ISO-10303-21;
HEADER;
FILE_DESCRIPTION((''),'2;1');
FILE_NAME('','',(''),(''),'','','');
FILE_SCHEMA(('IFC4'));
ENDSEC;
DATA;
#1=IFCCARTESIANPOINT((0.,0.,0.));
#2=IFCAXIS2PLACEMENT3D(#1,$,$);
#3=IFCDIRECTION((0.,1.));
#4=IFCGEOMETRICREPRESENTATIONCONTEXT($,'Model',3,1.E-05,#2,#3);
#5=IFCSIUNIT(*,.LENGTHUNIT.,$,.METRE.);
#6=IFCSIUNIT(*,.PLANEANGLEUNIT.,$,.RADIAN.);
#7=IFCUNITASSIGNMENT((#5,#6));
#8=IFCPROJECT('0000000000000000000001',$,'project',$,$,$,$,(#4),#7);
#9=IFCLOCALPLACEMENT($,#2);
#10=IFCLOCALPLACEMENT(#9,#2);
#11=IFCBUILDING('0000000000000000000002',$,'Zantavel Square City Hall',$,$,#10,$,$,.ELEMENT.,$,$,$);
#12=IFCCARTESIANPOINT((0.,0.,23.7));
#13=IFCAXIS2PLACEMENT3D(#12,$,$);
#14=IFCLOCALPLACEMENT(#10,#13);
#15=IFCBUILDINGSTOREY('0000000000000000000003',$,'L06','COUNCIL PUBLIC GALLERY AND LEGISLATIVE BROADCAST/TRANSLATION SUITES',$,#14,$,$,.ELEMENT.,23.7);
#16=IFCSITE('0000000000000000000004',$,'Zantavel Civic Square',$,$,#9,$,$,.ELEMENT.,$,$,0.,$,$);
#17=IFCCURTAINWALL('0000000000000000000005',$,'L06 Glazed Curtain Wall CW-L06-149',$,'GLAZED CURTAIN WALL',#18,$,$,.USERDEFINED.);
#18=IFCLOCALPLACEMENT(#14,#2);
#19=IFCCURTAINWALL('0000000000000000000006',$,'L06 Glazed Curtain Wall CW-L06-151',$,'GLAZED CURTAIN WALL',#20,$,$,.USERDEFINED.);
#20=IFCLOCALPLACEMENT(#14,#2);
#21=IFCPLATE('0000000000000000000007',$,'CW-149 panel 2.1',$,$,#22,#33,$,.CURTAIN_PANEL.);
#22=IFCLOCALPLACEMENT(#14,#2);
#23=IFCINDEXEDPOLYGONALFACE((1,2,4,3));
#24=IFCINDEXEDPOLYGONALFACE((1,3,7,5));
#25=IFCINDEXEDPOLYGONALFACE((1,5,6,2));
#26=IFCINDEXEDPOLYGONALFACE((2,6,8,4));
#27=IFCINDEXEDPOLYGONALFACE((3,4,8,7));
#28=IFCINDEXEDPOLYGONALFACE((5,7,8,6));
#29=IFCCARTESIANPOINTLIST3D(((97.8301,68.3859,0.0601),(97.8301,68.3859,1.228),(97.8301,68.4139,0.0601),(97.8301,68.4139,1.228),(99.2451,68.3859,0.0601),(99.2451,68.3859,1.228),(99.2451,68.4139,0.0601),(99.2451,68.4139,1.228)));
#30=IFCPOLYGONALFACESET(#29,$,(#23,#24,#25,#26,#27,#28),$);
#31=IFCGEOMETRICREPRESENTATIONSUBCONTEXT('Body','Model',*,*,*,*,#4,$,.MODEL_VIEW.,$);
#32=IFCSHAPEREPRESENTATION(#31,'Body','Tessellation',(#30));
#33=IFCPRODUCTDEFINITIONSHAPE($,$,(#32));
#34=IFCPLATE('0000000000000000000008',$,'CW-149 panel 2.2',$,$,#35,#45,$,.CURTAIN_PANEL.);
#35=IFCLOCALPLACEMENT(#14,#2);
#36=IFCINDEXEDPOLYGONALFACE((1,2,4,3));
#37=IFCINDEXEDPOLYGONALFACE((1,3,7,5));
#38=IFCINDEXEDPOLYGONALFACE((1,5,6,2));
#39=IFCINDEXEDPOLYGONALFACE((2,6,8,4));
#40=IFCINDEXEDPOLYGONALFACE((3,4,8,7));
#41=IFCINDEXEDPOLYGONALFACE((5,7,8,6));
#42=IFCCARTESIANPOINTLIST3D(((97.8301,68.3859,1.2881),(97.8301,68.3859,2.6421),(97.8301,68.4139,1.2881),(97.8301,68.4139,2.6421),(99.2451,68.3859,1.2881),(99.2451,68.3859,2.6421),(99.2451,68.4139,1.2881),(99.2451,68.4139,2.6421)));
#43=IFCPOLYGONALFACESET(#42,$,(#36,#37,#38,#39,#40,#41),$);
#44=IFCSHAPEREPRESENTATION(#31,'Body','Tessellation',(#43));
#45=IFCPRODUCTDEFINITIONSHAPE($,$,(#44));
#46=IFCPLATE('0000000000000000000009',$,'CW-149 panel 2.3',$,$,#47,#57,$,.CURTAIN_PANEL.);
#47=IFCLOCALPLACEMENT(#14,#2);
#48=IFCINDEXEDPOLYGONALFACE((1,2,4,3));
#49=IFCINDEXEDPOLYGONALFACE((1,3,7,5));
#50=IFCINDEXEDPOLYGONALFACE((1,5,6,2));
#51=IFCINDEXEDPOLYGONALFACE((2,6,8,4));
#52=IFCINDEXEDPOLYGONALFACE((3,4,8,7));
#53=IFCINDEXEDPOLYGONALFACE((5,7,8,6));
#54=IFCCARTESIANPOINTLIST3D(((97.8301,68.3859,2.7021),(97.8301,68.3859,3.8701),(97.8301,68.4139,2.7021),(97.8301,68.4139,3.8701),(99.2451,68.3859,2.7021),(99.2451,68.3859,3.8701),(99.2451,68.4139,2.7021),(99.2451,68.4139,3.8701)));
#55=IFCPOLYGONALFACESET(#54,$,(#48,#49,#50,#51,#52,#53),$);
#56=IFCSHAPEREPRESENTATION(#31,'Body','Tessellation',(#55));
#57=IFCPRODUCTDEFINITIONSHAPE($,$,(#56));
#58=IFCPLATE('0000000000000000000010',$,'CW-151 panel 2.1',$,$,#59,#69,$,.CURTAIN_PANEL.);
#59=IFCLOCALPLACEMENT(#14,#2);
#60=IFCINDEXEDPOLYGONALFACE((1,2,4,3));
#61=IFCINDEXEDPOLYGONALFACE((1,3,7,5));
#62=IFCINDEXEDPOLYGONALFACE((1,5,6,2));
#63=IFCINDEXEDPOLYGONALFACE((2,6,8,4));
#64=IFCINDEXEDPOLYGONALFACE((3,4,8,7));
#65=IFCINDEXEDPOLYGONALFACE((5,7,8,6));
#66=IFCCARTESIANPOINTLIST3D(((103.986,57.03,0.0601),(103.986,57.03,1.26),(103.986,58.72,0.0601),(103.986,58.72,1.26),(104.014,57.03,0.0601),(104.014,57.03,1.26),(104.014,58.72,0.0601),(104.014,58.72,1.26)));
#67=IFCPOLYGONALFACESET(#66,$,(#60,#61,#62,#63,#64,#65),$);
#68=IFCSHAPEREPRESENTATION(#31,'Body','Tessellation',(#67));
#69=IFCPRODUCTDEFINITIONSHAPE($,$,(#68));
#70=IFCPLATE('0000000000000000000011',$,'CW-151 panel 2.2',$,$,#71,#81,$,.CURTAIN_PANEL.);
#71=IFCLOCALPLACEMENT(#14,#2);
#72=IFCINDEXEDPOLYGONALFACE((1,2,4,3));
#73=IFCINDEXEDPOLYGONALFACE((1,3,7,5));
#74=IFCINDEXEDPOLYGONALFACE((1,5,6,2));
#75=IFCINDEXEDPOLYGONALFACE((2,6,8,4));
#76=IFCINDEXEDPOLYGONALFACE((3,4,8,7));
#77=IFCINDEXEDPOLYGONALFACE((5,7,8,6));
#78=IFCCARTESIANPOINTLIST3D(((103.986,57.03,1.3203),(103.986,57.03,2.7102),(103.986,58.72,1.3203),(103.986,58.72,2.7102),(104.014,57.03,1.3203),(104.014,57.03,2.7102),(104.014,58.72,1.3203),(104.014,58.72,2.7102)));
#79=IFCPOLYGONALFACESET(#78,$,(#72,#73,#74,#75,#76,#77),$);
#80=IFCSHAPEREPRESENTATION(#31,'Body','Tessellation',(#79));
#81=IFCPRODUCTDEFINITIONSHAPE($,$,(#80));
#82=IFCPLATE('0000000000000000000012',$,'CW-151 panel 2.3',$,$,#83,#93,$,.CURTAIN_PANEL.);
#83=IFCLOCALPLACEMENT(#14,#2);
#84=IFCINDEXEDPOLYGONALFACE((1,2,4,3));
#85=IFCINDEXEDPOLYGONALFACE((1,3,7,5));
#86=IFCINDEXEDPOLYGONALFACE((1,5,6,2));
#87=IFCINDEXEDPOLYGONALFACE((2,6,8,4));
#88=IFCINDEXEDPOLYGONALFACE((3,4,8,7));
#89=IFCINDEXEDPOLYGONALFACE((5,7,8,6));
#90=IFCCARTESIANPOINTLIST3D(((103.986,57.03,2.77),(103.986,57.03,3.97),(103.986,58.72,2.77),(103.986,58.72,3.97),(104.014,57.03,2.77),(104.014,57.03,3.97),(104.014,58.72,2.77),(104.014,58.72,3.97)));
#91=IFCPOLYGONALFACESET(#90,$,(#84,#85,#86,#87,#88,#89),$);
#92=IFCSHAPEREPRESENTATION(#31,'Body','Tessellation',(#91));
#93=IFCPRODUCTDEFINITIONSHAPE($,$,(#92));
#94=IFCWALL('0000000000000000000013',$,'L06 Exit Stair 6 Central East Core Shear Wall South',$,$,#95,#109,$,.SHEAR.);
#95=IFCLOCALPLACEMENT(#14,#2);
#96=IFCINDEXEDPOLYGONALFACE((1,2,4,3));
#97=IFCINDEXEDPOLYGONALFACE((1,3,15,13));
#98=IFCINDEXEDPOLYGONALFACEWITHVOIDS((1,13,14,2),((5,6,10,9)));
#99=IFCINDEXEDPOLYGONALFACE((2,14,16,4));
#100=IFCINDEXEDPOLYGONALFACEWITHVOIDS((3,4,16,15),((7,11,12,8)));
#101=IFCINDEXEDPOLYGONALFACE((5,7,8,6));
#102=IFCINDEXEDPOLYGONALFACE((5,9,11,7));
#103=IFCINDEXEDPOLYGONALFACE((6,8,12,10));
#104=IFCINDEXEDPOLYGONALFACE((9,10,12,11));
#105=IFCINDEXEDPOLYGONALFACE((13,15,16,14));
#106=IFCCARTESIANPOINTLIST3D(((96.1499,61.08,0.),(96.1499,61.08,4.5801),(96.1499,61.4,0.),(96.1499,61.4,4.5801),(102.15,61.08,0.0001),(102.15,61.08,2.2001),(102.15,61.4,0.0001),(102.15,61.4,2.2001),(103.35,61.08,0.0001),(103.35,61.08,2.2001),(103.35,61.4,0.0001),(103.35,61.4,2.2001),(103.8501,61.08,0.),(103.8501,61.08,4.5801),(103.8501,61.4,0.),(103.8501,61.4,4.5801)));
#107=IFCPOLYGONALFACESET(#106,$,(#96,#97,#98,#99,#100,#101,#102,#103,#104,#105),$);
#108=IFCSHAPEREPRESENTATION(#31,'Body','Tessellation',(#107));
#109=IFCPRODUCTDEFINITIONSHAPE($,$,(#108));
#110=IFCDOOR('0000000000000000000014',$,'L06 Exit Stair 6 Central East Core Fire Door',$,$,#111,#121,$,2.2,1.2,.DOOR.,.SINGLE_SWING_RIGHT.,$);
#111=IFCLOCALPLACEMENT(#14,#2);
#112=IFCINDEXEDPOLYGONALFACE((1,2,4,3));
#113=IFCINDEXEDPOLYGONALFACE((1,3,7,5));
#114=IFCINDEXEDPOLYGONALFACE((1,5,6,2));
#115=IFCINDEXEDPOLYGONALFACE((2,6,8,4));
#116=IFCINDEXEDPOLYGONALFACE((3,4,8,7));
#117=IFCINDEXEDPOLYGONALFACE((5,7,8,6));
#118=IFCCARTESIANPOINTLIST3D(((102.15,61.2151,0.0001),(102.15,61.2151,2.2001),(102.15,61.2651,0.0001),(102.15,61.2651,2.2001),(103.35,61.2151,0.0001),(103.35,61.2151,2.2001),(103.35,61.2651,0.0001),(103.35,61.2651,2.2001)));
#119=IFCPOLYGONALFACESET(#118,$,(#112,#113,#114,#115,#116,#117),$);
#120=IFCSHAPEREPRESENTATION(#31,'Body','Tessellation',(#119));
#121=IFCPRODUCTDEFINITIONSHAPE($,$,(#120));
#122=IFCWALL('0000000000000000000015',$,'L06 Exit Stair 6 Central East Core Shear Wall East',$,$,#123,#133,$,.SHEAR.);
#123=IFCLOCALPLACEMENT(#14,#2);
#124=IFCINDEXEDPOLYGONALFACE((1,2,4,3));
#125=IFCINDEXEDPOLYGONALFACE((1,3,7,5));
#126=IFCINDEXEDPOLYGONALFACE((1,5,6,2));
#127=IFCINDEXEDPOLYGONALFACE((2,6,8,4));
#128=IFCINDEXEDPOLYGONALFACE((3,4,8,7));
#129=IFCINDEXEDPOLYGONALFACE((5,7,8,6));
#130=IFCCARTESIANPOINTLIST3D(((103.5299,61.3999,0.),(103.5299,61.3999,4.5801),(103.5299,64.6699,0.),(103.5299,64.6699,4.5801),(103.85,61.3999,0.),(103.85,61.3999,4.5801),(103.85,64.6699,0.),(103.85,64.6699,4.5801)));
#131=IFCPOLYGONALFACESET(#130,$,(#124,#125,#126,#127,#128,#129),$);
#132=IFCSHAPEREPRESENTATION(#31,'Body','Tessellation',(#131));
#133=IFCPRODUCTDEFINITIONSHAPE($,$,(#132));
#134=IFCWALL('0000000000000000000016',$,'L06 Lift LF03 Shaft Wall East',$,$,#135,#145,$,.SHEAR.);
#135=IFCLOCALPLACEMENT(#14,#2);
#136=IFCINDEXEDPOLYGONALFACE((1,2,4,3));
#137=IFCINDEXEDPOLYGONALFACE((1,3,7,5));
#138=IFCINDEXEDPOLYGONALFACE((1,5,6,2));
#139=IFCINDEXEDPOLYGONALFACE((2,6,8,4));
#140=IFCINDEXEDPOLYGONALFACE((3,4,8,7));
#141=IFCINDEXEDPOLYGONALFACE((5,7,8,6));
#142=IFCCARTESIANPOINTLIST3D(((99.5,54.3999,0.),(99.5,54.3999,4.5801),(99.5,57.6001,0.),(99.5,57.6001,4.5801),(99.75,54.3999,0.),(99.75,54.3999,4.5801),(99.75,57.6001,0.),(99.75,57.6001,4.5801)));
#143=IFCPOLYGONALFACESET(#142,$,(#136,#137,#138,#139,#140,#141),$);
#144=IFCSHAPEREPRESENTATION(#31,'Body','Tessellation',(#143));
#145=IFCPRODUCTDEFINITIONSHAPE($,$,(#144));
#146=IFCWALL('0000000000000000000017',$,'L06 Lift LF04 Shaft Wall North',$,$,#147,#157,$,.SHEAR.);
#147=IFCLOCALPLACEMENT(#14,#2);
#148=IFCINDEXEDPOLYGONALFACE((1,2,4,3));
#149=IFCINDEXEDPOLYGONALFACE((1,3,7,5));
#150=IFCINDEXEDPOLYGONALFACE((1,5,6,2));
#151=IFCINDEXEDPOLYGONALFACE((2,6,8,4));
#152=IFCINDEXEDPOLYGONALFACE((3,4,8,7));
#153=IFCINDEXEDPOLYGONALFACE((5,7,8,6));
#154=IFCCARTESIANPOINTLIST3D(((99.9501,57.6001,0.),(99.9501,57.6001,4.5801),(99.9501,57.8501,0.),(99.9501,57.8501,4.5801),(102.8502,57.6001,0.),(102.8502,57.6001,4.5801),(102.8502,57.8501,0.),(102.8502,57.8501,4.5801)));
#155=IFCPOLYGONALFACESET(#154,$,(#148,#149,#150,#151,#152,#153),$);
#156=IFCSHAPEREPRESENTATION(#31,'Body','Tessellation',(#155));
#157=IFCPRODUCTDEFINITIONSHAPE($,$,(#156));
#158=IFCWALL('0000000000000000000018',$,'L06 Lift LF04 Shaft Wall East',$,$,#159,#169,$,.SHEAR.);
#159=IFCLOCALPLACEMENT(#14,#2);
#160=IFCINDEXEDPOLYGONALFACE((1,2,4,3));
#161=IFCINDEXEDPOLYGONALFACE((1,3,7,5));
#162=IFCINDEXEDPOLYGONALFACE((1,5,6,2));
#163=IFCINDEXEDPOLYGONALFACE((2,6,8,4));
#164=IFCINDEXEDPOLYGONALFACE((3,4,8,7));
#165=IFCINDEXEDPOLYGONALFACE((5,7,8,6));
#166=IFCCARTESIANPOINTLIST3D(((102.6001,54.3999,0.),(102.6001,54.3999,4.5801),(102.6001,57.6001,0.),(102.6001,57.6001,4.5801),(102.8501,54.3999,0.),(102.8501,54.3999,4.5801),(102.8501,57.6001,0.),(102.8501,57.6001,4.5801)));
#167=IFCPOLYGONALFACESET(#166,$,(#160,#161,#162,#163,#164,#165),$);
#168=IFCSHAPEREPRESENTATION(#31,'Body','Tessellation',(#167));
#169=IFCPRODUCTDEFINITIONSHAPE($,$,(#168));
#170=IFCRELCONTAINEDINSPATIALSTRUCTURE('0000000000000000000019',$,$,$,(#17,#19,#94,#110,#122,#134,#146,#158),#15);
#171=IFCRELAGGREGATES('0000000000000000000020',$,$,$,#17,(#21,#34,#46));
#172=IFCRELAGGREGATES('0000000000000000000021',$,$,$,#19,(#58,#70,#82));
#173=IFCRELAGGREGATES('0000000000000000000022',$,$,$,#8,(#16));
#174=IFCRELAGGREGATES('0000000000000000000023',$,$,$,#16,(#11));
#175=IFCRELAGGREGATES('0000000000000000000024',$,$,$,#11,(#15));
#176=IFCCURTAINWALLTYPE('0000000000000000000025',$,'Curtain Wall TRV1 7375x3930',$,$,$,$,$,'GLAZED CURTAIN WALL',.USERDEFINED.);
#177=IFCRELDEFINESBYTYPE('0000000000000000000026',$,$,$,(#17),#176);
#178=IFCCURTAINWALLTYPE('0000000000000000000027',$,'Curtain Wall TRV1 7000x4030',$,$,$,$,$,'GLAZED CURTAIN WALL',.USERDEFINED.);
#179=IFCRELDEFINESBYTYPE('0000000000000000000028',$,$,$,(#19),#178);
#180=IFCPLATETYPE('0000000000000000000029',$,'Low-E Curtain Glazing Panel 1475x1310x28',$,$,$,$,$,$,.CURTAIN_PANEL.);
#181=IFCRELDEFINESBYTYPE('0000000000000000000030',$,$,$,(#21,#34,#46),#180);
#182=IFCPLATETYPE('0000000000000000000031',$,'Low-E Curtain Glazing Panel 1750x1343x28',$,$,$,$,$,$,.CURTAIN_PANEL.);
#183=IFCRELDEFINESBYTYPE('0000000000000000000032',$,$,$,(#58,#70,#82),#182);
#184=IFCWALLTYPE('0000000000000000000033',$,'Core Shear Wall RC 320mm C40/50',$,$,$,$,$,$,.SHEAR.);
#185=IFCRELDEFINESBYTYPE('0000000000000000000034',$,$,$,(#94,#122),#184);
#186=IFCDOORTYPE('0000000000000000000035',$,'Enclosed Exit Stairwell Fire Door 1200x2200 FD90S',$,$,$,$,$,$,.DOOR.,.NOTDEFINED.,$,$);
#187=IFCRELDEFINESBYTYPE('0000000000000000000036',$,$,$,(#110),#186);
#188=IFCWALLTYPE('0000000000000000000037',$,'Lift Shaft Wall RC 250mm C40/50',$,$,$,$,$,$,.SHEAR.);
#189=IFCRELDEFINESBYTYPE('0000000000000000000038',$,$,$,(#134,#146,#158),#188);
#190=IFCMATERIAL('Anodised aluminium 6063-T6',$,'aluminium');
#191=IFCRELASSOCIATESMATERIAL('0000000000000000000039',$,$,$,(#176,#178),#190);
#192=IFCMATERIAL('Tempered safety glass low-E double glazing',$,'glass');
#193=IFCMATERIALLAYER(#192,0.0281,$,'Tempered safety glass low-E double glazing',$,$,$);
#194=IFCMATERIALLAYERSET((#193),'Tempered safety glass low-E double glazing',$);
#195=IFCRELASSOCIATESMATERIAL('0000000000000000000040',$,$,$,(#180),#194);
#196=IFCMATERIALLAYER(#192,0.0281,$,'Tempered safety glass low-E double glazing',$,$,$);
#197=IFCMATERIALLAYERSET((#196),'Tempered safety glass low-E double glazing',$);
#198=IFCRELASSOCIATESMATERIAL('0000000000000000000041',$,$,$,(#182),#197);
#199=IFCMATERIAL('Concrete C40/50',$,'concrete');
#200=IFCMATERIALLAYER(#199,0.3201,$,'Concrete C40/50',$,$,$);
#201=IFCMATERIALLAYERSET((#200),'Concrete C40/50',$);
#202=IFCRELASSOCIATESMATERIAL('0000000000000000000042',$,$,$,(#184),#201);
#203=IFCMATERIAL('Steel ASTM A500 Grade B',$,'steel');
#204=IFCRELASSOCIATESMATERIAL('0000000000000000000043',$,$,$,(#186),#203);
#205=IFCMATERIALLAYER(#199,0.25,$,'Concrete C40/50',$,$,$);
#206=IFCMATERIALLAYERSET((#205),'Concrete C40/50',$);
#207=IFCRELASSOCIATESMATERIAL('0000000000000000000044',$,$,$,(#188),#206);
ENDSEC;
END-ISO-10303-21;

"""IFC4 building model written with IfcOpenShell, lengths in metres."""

from ifc_helpers import new_model, si_unit, direction, frame, frame_2d, origin, origin_2d, place, context, subcontext, project, spatial, rectangle, extrude, material, layer, layer_set, type_object, element, fill, aggregate, save


model = new_model("IFC4")

# Units and contexts
model_context = context("Model", 3, precision=1e-05, world=origin(), true_north=direction((0.0, 1.0)))
body_context = subcontext(model_context, "Body", "Model", "MODEL_VIEW")
ifc_project = project(units=[si_unit("LENGTHUNIT", "METRE"), si_unit("PLANEANGLEUNIT", "RADIAN")], contexts=[model_context])

# Site, building, storey
site_placement = place(None, origin())
site = spatial("IfcSite", under=ifc_project, at=site_placement, Name="Zantavel Civic Square", CompositionType="ELEMENT", RefElevation=0.0)
building_placement = place(site_placement, origin())
building = spatial("IfcBuilding", under=site, at=building_placement, Name="Zantavel Square City Hall", CompositionType="ELEMENT")
storey_placement = place(building_placement, frame((0.0, 0.0, 23.7)))
storey = spatial("IfcBuildingStorey", under=building, at=storey_placement, Name="L06", Description="COUNCIL PUBLIC GALLERY AND LEGISLATIVE BROADCAST/TRANSLATION SUITES", CompositionType="ELEMENT", Elevation=23.7)

# Curtain walls
ifc_material_1 = material(Name="Anodised aluminium 6063-T6", Category="aluminium")
curtain_wall_type_1 = type_object("IfcCurtainWallType", Name="Curtain Wall TRV1 7375x3930", ElementType="GLAZED CURTAIN WALL", PredefinedType="USERDEFINED", material=ifc_material_1)
curtain_wall_1_placement = place(storey_placement, origin())
curtain_wall_1 = element("IfcCurtainWall", 1, at=curtain_wall_1_placement, inside=storey, type_object=curtain_wall_type_1, Name="L06 Glazed Curtain Wall CW-L06-149", ObjectType="GLAZED CURTAIN WALL", PredefinedType="USERDEFINED")
curtain_wall_type_2 = type_object("IfcCurtainWallType", Name="Curtain Wall TRV1 7000x4030", ElementType="GLAZED CURTAIN WALL", PredefinedType="USERDEFINED", material=ifc_material_1)
curtain_wall_2_placement = place(storey_placement, origin())
curtain_wall_2 = element("IfcCurtainWall", 2, at=curtain_wall_2_placement, inside=storey, type_object=curtain_wall_type_2, Name="L06 Glazed Curtain Wall CW-L06-151", ObjectType="GLAZED CURTAIN WALL", PredefinedType="USERDEFINED")

# Plates
ifc_material_2 = material(Name="Tempered safety glass low-E double glazing", Category="glass")
ifc_layer_1 = layer(ifc_material_2, 0.0281, Name="Tempered safety glass low-E double glazing")
ifc_layer_set_1 = layer_set([ifc_layer_1], Name="Tempered safety glass low-E double glazing")
plate_type_1 = type_object("IfcPlateType", Name="Low-E Curtain Glazing Panel 1475x1310x28", PredefinedType="CURTAIN_PANEL", material=ifc_layer_set_1)
plate_1_placement = place(storey_placement, frame((98.5376, 68.3999, 0.0601), z_axis=(0.0, 0.0, 1.0), x_axis=(1.0, 0.0, 0.0)))
plate_1 = element("IfcPlate", 3, at=plate_1_placement, type_object=plate_type_1, Name="CW-149 panel 2.1", PredefinedType="CURTAIN_PANEL", context=body_context, shape_type="SweptSolid", body=[
    extrude(rectangle(XDim=1.415, YDim=0.0281, at=origin_2d()), origin(), (0.0, 0.0, 1.0), 1.168),
])
plate_2_placement = place(storey_placement, frame((98.5376, 68.3999, 1.2881), z_axis=(0.0, 0.0, 1.0), x_axis=(1.0, 0.0, 0.0)))
plate_2 = element("IfcPlate", 4, at=plate_2_placement, type_object=plate_type_1, Name="CW-149 panel 2.2", PredefinedType="CURTAIN_PANEL", context=body_context, shape_type="SweptSolid", body=[
    extrude(rectangle(XDim=1.415, YDim=0.0281, at=origin_2d()), origin(), (0.0, 0.0, 1.0), 1.354),
])
plate_3_placement = place(storey_placement, frame((98.5376, 68.3999, 2.7021), z_axis=(0.0, 0.0, 1.0), x_axis=(1.0, 0.0, 0.0)))
plate_3 = element("IfcPlate", 5, at=plate_3_placement, type_object=plate_type_1, Name="CW-149 panel 2.3", PredefinedType="CURTAIN_PANEL", context=body_context, shape_type="SweptSolid", body=[
    extrude(rectangle(XDim=1.415, YDim=0.0281, at=origin_2d()), origin(), (0.0, 0.0, 1.0), 1.168),
])
aggregate(curtain_wall_1, [plate_1, plate_2, plate_3])
ifc_layer_2 = layer(ifc_material_2, 0.0281, Name="Tempered safety glass low-E double glazing")
ifc_layer_set_2 = layer_set([ifc_layer_2], Name="Tempered safety glass low-E double glazing")
plate_type_2 = type_object("IfcPlateType", Name="Low-E Curtain Glazing Panel 1750x1343x28", PredefinedType="CURTAIN_PANEL", material=ifc_layer_set_2)
plate_4_placement = place(storey_placement, frame((104.0, 57.875, 0.0601), z_axis=(0.0, 0.0, 1.0), x_axis=(0.0, -1.0, 0.0)))
plate_4 = element("IfcPlate", 6, at=plate_4_placement, type_object=plate_type_2, Name="CW-151 panel 2.1", PredefinedType="CURTAIN_PANEL", context=body_context, shape_type="SweptSolid", body=[
    extrude(rectangle(XDim=1.6899, YDim=0.0281, at=origin_2d()), origin(), (0.0, 0.0, 1.0), 1.2),
])
plate_5_placement = place(storey_placement, frame((104.0, 57.875, 1.3203), z_axis=(0.0, 0.0, 1.0), x_axis=(0.0, -1.0, 0.0)))
plate_5 = element("IfcPlate", 7, at=plate_5_placement, type_object=plate_type_2, Name="CW-151 panel 2.2", PredefinedType="CURTAIN_PANEL", context=body_context, shape_type="SweptSolid", body=[
    extrude(rectangle(XDim=1.6899, YDim=0.0281, at=origin_2d()), origin(), (0.0, 0.0, 1.0), 1.3899),
])
plate_6_placement = place(storey_placement, frame((104.0, 57.875, 2.77), z_axis=(0.0, 0.0, 1.0), x_axis=(0.0, -1.0, 0.0)))
plate_6 = element("IfcPlate", 8, at=plate_6_placement, type_object=plate_type_2, Name="CW-151 panel 2.3", PredefinedType="CURTAIN_PANEL", context=body_context, shape_type="SweptSolid", body=[
    extrude(rectangle(XDim=1.6899, YDim=0.0281, at=origin_2d()), origin(), (0.0, 0.0, 1.0), 1.2),
])
aggregate(curtain_wall_2, [plate_4, plate_5, plate_6])

# Wall, opening, door
ifc_material_3 = material(Name="Concrete C40/50", Category="concrete")
ifc_layer_3 = layer(ifc_material_3, 0.3201, Name="Concrete C40/50")
ifc_layer_set_3 = layer_set([ifc_layer_3], Name="Concrete C40/50")
wall_type_1 = type_object("IfcWallType", Name="Core Shear Wall RC 320mm C40/50", PredefinedType="SHEAR", material=ifc_layer_set_3)
wall_1_placement = place(storey_placement, frame((103.8501, 61.24, 0.0), z_axis=(0.0, 0.0, 1.0), x_axis=(-1.0, 0.0, 0.0)))
wall_1 = element("IfcWall", 9, at=wall_1_placement, inside=storey, type_object=wall_type_1, Name="L06 Exit Stair 6 Central East Core Shear Wall South", PredefinedType="SHEAR", context=body_context, shape_type="SweptSolid", body=[
    extrude(rectangle(XDim=7.7002, YDim=0.3201, at=frame_2d((3.8501, 0.0))), origin(), (0.0, 0.0, 1.0), 4.5801),
])
opening_placement = place(wall_1_placement, frame((0.5, 0.0, 0.0)))
opening = element("IfcOpeningElement", 10, at=opening_placement, cuts=wall_1, PredefinedType="OPENING", context=body_context, shape_type="SweptSolid", body=[
    extrude(rectangle(XDim=1.2, YDim=2.2, at=frame_2d((0.6001, 1.1001))), frame((0.0, 0.1699, 0.0), z_axis=(0.0, -1.0, 0.0), x_axis=(1.0, 0.0, 0.0)), (0.0, 0.0, 1.0), 0.3401),
])
ifc_material_4 = material(Name="Steel ASTM A500 Grade B", Category="steel")
door_type = type_object("IfcDoorType", Name="Enclosed Exit Stairwell Fire Door 1200x2200 FD90S", OperationType="NOTDEFINED", PredefinedType="DOOR", material=ifc_material_4)
door_placement = place(opening_placement, origin())
door = element("IfcDoor", 11, at=door_placement, inside=storey, type_object=door_type, Name="L06 Exit Stair 6 Central East Core Fire Door", OperationType="SINGLE_SWING_RIGHT", OverallHeight=2.2, OverallWidth=1.2, PredefinedType="DOOR", context=body_context, shape_type="SweptSolid", body=[
    extrude(rectangle(XDim=1.2, YDim=2.2, at=frame_2d((0.6001, 1.1001))), frame((0.0, 0.0249, 0.0), z_axis=(0.0, -1.0, 0.0), x_axis=(1.0, 0.0, 0.0)), (0.0, 0.0, 1.0), 0.05),
])
fill(opening, door)

# Walls
wall_2_placement = place(storey_placement, frame((103.6899, 64.6699, 0.0), z_axis=(0.0, 0.0, 1.0), x_axis=(0.0, -1.0, 0.0)))
element("IfcWall", 12, at=wall_2_placement, inside=storey, type_object=wall_type_1, Name="L06 Exit Stair 6 Central East Core Shear Wall East", PredefinedType="SHEAR", context=body_context, shape_type="SweptSolid", body=[
    extrude(rectangle(XDim=3.27, YDim=0.3201, at=frame_2d((1.635, 0.0))), origin(), (0.0, 0.0, 1.0), 4.5801),
])
ifc_layer_4 = layer(ifc_material_3, 0.25, Name="Concrete C40/50")
ifc_layer_set_4 = layer_set([ifc_layer_4], Name="Concrete C40/50")
wall_type_2 = type_object("IfcWallType", Name="Lift Shaft Wall RC 250mm C40/50", PredefinedType="SHEAR", material=ifc_layer_set_4)
wall_3_placement = place(storey_placement, frame((99.625, 57.6001, 0.0), z_axis=(0.0, 0.0, 1.0), x_axis=(0.0, -1.0, 0.0)))
element("IfcWall", 13, at=wall_3_placement, inside=storey, type_object=wall_type_2, Name="L06 Lift LF03 Shaft Wall East", PredefinedType="SHEAR", context=body_context, shape_type="SweptSolid", body=[
    extrude(rectangle(XDim=3.2002, YDim=0.25, at=frame_2d((1.6001, 0.0))), origin(), (0.0, 0.0, 1.0), 4.5801),
])
wall_4_placement = place(storey_placement, frame((99.95, 57.7251, 0.0), z_axis=(0.0, 0.0, 1.0), x_axis=(1.0, 0.0, 0.0)))
element("IfcWall", 14, at=wall_4_placement, inside=storey, type_object=wall_type_2, Name="L06 Lift LF04 Shaft Wall North", PredefinedType="SHEAR", context=body_context, shape_type="SweptSolid", body=[
    extrude(rectangle(XDim=2.9001, YDim=0.25, at=frame_2d((1.4502, 0.0))), origin(), (0.0, 0.0, 1.0), 4.5801),
])
wall_5_placement = place(storey_placement, frame((102.7251, 57.6001, 0.0), z_axis=(0.0, 0.0, 1.0), x_axis=(0.0, -1.0, 0.0)))
element("IfcWall", 15, at=wall_5_placement, inside=storey, type_object=wall_type_2, Name="L06 Lift LF04 Shaft Wall East", PredefinedType="SHEAR", context=body_context, shape_type="SweptSolid", body=[
    extrude(rectangle(XDim=3.2002, YDim=0.25, at=frame_2d((1.6001, 0.0))), origin(), (0.0, 0.0, 1.0), 4.5801),
])

save(model, "model.ifc")
